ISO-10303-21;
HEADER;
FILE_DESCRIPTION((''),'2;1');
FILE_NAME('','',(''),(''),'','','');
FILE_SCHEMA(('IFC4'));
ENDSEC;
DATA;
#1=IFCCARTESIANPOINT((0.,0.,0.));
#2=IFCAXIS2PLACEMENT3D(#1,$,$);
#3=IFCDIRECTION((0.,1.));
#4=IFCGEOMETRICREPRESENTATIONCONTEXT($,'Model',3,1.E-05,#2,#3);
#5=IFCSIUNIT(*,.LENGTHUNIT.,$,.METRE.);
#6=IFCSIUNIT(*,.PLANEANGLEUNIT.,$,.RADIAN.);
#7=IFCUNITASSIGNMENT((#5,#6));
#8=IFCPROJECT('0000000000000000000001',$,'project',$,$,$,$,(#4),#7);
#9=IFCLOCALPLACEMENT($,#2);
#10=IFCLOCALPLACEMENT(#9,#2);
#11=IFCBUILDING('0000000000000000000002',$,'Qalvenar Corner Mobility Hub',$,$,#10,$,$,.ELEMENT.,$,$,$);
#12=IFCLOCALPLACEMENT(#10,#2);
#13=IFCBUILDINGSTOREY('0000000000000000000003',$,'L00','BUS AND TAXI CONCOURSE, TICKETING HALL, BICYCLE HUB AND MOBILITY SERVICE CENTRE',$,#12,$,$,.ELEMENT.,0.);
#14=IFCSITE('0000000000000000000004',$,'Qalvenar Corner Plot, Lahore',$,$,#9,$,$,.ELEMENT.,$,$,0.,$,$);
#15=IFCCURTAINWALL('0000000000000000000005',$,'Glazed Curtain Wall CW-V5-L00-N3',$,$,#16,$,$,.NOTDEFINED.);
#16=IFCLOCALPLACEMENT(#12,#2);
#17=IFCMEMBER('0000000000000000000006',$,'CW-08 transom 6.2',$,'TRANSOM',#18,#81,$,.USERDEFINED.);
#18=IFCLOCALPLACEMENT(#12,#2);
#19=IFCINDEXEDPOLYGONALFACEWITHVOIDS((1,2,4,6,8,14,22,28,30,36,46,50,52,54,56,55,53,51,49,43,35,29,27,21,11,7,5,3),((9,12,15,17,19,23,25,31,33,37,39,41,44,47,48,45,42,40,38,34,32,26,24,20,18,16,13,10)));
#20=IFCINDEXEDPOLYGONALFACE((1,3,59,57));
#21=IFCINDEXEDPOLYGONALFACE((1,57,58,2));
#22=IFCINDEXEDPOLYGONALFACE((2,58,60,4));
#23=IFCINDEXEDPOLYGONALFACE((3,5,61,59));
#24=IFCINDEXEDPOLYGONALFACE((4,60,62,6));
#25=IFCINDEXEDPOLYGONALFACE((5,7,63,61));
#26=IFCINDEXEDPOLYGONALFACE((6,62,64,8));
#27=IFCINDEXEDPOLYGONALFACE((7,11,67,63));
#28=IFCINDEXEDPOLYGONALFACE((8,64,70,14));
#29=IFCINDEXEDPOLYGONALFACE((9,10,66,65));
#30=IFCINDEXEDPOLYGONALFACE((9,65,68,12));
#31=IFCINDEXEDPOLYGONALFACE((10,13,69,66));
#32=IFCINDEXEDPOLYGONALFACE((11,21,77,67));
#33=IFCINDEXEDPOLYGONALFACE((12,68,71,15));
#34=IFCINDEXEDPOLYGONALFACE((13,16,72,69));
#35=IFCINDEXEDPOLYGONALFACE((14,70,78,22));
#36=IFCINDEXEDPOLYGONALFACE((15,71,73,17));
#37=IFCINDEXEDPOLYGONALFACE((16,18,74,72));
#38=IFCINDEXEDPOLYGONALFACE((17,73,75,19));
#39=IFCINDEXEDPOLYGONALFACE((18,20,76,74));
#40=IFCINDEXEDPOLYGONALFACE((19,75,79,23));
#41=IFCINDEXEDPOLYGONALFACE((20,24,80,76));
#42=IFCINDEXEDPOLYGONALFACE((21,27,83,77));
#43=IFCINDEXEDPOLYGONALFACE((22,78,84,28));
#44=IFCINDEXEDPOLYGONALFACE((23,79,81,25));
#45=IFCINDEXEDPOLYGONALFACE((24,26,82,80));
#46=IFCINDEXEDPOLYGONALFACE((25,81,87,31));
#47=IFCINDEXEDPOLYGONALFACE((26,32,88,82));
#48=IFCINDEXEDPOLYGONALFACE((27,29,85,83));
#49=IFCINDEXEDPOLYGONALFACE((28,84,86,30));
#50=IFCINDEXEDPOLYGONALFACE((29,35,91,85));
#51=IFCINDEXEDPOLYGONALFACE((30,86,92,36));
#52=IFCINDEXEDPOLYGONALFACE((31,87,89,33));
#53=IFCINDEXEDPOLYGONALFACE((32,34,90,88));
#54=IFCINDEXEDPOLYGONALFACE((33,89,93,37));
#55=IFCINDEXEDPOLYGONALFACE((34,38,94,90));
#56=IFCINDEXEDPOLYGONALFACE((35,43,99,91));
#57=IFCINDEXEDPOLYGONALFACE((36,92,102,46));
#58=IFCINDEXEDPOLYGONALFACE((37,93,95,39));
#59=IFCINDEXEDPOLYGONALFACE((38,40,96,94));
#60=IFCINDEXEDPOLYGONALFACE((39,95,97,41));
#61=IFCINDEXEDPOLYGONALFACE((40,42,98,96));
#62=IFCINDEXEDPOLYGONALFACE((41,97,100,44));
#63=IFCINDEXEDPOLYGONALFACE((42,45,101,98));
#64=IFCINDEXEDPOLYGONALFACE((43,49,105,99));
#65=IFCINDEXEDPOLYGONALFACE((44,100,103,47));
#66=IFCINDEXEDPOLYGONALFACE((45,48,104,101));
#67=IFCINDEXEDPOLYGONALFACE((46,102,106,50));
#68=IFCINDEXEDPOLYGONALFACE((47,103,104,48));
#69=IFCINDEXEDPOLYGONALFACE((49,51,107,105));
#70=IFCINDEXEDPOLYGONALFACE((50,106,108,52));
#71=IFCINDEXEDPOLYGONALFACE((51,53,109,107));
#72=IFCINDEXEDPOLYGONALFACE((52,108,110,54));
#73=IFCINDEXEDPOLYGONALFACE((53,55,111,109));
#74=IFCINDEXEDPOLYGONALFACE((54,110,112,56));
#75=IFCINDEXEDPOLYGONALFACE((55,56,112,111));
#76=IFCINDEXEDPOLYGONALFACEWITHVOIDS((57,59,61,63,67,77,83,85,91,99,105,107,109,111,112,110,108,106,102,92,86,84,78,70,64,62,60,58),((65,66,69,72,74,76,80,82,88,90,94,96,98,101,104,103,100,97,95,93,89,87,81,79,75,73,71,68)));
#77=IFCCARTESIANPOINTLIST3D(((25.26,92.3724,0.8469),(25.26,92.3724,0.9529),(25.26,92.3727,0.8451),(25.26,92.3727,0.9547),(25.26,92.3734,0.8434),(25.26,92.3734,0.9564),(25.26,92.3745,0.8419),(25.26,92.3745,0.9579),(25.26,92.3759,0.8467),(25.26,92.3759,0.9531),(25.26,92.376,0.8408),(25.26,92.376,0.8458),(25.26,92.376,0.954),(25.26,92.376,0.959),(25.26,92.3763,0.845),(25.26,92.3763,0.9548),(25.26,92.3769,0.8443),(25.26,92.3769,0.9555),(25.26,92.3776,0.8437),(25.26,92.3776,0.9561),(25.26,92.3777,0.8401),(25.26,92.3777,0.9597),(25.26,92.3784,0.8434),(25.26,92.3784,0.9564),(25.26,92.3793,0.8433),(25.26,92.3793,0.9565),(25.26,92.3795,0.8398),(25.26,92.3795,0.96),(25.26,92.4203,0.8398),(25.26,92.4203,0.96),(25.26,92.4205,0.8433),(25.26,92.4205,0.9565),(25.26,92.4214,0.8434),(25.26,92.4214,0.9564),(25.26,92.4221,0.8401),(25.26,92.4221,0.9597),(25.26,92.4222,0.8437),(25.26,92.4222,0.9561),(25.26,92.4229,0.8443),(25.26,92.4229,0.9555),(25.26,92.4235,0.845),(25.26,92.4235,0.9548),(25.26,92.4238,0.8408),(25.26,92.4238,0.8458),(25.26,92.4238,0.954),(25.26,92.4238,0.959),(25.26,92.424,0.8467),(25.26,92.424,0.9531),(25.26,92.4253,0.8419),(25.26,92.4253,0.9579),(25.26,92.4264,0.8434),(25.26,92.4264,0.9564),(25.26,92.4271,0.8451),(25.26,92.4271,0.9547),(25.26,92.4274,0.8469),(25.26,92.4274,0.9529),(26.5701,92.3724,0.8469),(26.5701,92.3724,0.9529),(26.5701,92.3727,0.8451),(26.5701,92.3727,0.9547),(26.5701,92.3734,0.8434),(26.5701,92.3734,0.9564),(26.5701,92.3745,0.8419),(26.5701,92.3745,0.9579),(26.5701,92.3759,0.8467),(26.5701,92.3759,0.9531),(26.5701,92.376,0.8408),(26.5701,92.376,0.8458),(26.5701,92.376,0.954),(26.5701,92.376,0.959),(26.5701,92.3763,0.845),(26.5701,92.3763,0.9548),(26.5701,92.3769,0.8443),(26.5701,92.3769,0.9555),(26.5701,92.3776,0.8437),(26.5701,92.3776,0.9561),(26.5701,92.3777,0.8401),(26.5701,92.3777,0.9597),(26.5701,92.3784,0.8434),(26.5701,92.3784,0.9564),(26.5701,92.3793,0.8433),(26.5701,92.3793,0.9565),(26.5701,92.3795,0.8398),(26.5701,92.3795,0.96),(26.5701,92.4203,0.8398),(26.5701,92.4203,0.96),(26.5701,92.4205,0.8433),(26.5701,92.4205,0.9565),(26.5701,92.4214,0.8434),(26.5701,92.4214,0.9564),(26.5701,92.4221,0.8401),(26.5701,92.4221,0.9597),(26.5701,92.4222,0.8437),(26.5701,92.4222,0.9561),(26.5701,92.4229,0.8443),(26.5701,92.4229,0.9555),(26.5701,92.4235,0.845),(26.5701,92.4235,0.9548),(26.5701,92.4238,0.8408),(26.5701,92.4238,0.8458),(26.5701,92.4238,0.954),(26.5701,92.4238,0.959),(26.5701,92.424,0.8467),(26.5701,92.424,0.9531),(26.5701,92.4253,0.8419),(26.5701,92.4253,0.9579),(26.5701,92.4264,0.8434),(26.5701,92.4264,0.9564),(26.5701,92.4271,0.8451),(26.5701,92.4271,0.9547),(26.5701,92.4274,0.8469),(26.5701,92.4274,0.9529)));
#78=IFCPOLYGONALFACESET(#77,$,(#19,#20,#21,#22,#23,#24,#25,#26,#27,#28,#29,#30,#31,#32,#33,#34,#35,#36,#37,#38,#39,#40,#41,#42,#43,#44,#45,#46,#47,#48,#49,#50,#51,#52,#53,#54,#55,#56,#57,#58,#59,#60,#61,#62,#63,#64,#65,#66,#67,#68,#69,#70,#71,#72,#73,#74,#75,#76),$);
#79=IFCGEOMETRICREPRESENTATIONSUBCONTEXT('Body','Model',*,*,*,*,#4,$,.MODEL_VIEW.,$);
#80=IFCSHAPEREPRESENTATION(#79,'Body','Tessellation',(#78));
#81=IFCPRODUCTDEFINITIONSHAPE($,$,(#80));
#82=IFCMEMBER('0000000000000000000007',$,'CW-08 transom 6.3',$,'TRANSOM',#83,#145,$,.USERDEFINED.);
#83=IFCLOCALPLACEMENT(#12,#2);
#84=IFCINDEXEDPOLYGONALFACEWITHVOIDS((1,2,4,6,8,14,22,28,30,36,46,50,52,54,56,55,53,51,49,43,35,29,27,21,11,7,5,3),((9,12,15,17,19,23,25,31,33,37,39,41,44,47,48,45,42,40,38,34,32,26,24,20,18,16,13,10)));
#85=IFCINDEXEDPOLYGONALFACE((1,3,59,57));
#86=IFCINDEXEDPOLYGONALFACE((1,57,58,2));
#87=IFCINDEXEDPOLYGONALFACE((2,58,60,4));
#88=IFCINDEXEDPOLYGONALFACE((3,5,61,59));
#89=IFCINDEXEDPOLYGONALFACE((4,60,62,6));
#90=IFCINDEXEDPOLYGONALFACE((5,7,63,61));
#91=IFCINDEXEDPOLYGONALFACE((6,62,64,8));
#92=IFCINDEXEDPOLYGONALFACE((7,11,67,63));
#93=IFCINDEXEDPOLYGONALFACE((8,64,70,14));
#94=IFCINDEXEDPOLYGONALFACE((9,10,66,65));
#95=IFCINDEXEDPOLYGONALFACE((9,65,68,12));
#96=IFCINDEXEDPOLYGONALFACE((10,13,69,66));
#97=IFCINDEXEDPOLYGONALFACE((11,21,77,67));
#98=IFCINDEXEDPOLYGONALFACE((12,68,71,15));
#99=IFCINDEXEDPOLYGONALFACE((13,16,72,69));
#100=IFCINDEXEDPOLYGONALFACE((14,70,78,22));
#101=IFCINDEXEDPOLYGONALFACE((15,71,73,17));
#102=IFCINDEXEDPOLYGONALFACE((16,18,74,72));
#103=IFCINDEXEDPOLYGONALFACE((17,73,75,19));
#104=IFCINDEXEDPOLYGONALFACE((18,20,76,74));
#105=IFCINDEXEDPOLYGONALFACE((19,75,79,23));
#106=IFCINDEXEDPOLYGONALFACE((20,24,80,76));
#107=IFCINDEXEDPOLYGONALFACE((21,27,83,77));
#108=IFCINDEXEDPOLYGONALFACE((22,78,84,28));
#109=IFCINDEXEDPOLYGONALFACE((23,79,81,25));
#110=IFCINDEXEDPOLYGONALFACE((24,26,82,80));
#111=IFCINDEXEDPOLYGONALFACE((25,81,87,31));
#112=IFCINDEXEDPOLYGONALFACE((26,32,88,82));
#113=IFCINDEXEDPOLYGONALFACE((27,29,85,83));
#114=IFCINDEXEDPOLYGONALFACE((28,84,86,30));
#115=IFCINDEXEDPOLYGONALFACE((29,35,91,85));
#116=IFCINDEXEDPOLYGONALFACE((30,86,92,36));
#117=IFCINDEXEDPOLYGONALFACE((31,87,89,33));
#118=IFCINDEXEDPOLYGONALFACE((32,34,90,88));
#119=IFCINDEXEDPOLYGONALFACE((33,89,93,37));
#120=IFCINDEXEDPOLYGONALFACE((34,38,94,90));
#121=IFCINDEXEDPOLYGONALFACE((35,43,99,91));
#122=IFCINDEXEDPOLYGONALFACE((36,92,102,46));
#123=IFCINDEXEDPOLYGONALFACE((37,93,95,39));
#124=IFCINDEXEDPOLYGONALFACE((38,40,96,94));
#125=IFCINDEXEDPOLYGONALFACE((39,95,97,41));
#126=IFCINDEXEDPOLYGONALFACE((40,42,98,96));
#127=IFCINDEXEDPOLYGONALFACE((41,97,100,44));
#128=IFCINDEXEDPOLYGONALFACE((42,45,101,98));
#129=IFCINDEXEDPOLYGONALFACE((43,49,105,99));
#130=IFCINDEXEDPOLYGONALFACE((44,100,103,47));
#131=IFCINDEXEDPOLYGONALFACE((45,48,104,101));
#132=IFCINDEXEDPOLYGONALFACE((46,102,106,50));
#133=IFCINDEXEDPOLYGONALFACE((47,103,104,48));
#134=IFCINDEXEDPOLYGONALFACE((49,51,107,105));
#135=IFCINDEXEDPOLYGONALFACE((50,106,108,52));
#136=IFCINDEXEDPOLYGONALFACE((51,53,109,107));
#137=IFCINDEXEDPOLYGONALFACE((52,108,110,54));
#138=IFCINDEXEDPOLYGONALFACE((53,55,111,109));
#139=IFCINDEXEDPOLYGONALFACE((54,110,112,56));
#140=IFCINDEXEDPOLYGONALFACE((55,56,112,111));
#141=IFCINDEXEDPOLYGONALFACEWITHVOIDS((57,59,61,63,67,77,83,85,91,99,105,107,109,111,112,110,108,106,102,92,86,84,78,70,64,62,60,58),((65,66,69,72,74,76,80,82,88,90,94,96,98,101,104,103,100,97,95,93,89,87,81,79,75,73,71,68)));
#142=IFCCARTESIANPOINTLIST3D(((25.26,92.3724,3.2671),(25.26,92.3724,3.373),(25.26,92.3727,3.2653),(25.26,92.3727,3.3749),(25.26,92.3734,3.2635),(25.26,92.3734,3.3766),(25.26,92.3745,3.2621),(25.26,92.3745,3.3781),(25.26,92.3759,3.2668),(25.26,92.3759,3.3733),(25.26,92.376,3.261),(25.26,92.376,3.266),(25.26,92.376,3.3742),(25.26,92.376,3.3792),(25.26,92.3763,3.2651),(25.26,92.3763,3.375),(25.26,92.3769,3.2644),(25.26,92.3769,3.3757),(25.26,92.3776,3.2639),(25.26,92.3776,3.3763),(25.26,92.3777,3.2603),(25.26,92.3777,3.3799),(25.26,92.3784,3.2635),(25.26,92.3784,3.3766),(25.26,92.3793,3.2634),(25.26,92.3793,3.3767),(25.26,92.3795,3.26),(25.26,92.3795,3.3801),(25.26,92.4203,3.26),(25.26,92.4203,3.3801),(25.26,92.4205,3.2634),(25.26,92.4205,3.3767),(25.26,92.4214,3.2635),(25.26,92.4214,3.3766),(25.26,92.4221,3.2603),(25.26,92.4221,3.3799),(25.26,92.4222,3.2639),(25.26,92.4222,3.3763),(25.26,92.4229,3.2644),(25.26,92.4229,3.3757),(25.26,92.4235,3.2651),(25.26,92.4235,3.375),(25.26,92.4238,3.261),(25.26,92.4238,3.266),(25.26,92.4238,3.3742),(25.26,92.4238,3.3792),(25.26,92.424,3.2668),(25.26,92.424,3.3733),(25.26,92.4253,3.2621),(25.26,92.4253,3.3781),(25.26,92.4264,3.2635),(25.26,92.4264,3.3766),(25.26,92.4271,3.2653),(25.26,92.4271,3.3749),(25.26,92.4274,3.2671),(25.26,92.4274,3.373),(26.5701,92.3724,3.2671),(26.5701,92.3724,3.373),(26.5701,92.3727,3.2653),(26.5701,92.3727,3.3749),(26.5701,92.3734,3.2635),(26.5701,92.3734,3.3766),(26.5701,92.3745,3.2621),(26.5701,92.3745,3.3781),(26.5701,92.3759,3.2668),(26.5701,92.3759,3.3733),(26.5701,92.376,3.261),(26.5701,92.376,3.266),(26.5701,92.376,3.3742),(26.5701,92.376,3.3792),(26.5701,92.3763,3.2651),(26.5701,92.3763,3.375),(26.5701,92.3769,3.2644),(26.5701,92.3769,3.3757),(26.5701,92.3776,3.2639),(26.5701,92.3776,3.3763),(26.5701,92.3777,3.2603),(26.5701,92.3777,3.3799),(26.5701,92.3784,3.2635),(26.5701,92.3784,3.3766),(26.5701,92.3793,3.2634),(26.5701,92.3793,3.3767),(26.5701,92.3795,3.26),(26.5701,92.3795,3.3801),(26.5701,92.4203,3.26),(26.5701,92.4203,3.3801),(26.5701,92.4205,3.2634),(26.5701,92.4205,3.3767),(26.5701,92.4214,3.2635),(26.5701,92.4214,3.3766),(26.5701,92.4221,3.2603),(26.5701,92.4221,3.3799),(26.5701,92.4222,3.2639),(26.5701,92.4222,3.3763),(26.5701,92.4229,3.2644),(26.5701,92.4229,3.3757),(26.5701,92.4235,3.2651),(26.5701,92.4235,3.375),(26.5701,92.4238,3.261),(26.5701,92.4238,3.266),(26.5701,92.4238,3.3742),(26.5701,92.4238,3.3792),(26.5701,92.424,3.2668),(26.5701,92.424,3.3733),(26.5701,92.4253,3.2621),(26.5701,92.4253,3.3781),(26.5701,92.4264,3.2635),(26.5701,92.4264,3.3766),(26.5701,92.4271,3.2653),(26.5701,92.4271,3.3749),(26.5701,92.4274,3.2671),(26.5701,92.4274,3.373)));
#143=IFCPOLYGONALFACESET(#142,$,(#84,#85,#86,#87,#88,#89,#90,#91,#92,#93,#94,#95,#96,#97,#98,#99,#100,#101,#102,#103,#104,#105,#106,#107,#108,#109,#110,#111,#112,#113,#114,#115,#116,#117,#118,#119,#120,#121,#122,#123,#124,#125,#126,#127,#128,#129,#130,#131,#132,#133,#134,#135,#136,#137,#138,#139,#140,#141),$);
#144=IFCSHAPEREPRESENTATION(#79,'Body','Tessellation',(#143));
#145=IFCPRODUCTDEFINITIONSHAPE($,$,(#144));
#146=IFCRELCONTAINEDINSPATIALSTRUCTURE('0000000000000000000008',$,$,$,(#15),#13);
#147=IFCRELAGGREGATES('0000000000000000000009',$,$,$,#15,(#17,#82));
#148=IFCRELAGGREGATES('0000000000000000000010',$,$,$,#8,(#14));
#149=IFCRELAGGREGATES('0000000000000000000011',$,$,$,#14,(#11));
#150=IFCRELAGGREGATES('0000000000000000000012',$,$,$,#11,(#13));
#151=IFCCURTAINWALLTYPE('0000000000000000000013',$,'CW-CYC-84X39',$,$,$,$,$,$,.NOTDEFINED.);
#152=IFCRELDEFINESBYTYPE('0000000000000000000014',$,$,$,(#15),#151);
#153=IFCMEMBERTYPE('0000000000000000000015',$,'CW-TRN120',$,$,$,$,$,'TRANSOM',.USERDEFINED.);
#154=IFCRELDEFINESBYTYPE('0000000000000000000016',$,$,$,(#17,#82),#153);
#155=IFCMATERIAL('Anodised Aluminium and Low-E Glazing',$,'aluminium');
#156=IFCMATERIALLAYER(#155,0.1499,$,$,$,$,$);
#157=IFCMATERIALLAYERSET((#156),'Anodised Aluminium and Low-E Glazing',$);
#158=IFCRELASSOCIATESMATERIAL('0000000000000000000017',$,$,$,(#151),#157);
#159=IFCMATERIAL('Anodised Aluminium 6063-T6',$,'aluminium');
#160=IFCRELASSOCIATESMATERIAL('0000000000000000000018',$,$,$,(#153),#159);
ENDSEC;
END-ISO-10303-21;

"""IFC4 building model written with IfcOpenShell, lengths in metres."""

from ifc_helpers import new_model, si_unit, direction, frame, origin, origin_2d, place, context, subcontext, project, spatial, hollow_rectangle, extrude, material, layer, layer_set, material_profile, profile_set, type_object, element, aggregate, save


model = new_model("IFC4")

# Units and contexts
model_context = context("Model", 3, precision=1e-05, world=origin(), true_north=direction((0.0, 1.0)))
body_context = subcontext(model_context, "Body", "Model", "MODEL_VIEW")
ifc_project = project(units=[si_unit("LENGTHUNIT", "METRE"), si_unit("PLANEANGLEUNIT", "RADIAN")], contexts=[model_context])

# Site, building, storey
site_placement = place(None, origin())
site = spatial("IfcSite", under=ifc_project, at=site_placement, Name="Qalvenar Corner Plot, Lahore", CompositionType="ELEMENT", RefElevation=0.0)
building_placement = place(site_placement, origin())
building = spatial("IfcBuilding", under=site, at=building_placement, Name="Qalvenar Corner Mobility Hub", CompositionType="ELEMENT")
storey_placement = place(building_placement, origin())
storey = spatial("IfcBuildingStorey", under=building, at=storey_placement, Name="L00", Description="BUS AND TAXI CONCOURSE, TICKETING HALL, BICYCLE HUB AND MOBILITY SERVICE CENTRE", CompositionType="ELEMENT", Elevation=0.0)

# Curtain wall
ifc_material_1 = material(Name="Anodised Aluminium and Low-E Glazing", Category="aluminium")
ifc_layer_1 = layer(ifc_material_1, 0.1499)
ifc_layer_set_1 = layer_set([ifc_layer_1], Name="Anodised Aluminium and Low-E Glazing")
curtain_wall_type = type_object("IfcCurtainWallType", Name="CW-CYC-84X39", PredefinedType="NOTDEFINED", material=ifc_layer_set_1)
ifc_material_2 = material(Name="Anodised Aluminium 6063-T6", Category="aluminium")
curtain_wall_1_placement = place(storey_placement, origin())
curtain_wall_1 = element("IfcCurtainWall", 1, at=curtain_wall_1_placement, inside=storey, type_object=curtain_wall_type, Name="Glazed Curtain Wall CW-V5-L00-N3", PredefinedType="NOTDEFINED")

# Members
ifc_material_profile_1 = material_profile(ifc_material_2, hollow_rectangle(XDim=0.0549, YDim=0.1201, WallThickness=0.0034, InnerFilletRadius=0.0034, OuterFilletRadius=0.0071, at=origin_2d()), Name="RHS120x55x3.5")
ifc_profile_set_1 = profile_set([ifc_material_profile_1], Name="Anodised Aluminium 6063-T6")
member_type_1 = type_object("IfcMemberType", Name="CW-TRN120", ElementType="TRANSOM", PredefinedType="USERDEFINED", material=ifc_profile_set_1)
member_1_placement = place(storey_placement, frame((26.5701, 92.3999, 0.8999), z_axis=(-1.0, 0.0, 0.0), x_axis=(0.0, -1.0, 0.0)))
member_1 = element("IfcMember", 2, at=member_1_placement, type_object=member_type_1, Name="CW-08 transom 6.2", ObjectType="TRANSOM", PredefinedType="USERDEFINED", context=body_context, shape_type="SweptSolid", body=[
    extrude(hollow_rectangle(XDim=0.0549, YDim=0.1201, WallThickness=0.0034, InnerFilletRadius=0.0034, OuterFilletRadius=0.0071, at=origin_2d()), origin(), (0.0, 0.0, 1.0), 1.3101),
])
member_2_placement = place(storey_placement, frame((26.5701, 92.3999, 3.3201), z_axis=(-1.0, 0.0, 0.0), x_axis=(0.0, -1.0, 0.0)))
member_2 = element("IfcMember", 3, at=member_2_placement, type_object=member_type_1, Name="CW-08 transom 6.3", ObjectType="TRANSOM", PredefinedType="USERDEFINED", context=body_context, shape_type="SweptSolid", body=[
    extrude(hollow_rectangle(XDim=0.0549, YDim=0.1201, WallThickness=0.0034, InnerFilletRadius=0.0034, OuterFilletRadius=0.0071, at=origin_2d()), origin(), (0.0, 0.0, 1.0), 1.3101),
])

aggregate(curtain_wall_1, [member_1, member_2])

save(model, "model.ifc")
